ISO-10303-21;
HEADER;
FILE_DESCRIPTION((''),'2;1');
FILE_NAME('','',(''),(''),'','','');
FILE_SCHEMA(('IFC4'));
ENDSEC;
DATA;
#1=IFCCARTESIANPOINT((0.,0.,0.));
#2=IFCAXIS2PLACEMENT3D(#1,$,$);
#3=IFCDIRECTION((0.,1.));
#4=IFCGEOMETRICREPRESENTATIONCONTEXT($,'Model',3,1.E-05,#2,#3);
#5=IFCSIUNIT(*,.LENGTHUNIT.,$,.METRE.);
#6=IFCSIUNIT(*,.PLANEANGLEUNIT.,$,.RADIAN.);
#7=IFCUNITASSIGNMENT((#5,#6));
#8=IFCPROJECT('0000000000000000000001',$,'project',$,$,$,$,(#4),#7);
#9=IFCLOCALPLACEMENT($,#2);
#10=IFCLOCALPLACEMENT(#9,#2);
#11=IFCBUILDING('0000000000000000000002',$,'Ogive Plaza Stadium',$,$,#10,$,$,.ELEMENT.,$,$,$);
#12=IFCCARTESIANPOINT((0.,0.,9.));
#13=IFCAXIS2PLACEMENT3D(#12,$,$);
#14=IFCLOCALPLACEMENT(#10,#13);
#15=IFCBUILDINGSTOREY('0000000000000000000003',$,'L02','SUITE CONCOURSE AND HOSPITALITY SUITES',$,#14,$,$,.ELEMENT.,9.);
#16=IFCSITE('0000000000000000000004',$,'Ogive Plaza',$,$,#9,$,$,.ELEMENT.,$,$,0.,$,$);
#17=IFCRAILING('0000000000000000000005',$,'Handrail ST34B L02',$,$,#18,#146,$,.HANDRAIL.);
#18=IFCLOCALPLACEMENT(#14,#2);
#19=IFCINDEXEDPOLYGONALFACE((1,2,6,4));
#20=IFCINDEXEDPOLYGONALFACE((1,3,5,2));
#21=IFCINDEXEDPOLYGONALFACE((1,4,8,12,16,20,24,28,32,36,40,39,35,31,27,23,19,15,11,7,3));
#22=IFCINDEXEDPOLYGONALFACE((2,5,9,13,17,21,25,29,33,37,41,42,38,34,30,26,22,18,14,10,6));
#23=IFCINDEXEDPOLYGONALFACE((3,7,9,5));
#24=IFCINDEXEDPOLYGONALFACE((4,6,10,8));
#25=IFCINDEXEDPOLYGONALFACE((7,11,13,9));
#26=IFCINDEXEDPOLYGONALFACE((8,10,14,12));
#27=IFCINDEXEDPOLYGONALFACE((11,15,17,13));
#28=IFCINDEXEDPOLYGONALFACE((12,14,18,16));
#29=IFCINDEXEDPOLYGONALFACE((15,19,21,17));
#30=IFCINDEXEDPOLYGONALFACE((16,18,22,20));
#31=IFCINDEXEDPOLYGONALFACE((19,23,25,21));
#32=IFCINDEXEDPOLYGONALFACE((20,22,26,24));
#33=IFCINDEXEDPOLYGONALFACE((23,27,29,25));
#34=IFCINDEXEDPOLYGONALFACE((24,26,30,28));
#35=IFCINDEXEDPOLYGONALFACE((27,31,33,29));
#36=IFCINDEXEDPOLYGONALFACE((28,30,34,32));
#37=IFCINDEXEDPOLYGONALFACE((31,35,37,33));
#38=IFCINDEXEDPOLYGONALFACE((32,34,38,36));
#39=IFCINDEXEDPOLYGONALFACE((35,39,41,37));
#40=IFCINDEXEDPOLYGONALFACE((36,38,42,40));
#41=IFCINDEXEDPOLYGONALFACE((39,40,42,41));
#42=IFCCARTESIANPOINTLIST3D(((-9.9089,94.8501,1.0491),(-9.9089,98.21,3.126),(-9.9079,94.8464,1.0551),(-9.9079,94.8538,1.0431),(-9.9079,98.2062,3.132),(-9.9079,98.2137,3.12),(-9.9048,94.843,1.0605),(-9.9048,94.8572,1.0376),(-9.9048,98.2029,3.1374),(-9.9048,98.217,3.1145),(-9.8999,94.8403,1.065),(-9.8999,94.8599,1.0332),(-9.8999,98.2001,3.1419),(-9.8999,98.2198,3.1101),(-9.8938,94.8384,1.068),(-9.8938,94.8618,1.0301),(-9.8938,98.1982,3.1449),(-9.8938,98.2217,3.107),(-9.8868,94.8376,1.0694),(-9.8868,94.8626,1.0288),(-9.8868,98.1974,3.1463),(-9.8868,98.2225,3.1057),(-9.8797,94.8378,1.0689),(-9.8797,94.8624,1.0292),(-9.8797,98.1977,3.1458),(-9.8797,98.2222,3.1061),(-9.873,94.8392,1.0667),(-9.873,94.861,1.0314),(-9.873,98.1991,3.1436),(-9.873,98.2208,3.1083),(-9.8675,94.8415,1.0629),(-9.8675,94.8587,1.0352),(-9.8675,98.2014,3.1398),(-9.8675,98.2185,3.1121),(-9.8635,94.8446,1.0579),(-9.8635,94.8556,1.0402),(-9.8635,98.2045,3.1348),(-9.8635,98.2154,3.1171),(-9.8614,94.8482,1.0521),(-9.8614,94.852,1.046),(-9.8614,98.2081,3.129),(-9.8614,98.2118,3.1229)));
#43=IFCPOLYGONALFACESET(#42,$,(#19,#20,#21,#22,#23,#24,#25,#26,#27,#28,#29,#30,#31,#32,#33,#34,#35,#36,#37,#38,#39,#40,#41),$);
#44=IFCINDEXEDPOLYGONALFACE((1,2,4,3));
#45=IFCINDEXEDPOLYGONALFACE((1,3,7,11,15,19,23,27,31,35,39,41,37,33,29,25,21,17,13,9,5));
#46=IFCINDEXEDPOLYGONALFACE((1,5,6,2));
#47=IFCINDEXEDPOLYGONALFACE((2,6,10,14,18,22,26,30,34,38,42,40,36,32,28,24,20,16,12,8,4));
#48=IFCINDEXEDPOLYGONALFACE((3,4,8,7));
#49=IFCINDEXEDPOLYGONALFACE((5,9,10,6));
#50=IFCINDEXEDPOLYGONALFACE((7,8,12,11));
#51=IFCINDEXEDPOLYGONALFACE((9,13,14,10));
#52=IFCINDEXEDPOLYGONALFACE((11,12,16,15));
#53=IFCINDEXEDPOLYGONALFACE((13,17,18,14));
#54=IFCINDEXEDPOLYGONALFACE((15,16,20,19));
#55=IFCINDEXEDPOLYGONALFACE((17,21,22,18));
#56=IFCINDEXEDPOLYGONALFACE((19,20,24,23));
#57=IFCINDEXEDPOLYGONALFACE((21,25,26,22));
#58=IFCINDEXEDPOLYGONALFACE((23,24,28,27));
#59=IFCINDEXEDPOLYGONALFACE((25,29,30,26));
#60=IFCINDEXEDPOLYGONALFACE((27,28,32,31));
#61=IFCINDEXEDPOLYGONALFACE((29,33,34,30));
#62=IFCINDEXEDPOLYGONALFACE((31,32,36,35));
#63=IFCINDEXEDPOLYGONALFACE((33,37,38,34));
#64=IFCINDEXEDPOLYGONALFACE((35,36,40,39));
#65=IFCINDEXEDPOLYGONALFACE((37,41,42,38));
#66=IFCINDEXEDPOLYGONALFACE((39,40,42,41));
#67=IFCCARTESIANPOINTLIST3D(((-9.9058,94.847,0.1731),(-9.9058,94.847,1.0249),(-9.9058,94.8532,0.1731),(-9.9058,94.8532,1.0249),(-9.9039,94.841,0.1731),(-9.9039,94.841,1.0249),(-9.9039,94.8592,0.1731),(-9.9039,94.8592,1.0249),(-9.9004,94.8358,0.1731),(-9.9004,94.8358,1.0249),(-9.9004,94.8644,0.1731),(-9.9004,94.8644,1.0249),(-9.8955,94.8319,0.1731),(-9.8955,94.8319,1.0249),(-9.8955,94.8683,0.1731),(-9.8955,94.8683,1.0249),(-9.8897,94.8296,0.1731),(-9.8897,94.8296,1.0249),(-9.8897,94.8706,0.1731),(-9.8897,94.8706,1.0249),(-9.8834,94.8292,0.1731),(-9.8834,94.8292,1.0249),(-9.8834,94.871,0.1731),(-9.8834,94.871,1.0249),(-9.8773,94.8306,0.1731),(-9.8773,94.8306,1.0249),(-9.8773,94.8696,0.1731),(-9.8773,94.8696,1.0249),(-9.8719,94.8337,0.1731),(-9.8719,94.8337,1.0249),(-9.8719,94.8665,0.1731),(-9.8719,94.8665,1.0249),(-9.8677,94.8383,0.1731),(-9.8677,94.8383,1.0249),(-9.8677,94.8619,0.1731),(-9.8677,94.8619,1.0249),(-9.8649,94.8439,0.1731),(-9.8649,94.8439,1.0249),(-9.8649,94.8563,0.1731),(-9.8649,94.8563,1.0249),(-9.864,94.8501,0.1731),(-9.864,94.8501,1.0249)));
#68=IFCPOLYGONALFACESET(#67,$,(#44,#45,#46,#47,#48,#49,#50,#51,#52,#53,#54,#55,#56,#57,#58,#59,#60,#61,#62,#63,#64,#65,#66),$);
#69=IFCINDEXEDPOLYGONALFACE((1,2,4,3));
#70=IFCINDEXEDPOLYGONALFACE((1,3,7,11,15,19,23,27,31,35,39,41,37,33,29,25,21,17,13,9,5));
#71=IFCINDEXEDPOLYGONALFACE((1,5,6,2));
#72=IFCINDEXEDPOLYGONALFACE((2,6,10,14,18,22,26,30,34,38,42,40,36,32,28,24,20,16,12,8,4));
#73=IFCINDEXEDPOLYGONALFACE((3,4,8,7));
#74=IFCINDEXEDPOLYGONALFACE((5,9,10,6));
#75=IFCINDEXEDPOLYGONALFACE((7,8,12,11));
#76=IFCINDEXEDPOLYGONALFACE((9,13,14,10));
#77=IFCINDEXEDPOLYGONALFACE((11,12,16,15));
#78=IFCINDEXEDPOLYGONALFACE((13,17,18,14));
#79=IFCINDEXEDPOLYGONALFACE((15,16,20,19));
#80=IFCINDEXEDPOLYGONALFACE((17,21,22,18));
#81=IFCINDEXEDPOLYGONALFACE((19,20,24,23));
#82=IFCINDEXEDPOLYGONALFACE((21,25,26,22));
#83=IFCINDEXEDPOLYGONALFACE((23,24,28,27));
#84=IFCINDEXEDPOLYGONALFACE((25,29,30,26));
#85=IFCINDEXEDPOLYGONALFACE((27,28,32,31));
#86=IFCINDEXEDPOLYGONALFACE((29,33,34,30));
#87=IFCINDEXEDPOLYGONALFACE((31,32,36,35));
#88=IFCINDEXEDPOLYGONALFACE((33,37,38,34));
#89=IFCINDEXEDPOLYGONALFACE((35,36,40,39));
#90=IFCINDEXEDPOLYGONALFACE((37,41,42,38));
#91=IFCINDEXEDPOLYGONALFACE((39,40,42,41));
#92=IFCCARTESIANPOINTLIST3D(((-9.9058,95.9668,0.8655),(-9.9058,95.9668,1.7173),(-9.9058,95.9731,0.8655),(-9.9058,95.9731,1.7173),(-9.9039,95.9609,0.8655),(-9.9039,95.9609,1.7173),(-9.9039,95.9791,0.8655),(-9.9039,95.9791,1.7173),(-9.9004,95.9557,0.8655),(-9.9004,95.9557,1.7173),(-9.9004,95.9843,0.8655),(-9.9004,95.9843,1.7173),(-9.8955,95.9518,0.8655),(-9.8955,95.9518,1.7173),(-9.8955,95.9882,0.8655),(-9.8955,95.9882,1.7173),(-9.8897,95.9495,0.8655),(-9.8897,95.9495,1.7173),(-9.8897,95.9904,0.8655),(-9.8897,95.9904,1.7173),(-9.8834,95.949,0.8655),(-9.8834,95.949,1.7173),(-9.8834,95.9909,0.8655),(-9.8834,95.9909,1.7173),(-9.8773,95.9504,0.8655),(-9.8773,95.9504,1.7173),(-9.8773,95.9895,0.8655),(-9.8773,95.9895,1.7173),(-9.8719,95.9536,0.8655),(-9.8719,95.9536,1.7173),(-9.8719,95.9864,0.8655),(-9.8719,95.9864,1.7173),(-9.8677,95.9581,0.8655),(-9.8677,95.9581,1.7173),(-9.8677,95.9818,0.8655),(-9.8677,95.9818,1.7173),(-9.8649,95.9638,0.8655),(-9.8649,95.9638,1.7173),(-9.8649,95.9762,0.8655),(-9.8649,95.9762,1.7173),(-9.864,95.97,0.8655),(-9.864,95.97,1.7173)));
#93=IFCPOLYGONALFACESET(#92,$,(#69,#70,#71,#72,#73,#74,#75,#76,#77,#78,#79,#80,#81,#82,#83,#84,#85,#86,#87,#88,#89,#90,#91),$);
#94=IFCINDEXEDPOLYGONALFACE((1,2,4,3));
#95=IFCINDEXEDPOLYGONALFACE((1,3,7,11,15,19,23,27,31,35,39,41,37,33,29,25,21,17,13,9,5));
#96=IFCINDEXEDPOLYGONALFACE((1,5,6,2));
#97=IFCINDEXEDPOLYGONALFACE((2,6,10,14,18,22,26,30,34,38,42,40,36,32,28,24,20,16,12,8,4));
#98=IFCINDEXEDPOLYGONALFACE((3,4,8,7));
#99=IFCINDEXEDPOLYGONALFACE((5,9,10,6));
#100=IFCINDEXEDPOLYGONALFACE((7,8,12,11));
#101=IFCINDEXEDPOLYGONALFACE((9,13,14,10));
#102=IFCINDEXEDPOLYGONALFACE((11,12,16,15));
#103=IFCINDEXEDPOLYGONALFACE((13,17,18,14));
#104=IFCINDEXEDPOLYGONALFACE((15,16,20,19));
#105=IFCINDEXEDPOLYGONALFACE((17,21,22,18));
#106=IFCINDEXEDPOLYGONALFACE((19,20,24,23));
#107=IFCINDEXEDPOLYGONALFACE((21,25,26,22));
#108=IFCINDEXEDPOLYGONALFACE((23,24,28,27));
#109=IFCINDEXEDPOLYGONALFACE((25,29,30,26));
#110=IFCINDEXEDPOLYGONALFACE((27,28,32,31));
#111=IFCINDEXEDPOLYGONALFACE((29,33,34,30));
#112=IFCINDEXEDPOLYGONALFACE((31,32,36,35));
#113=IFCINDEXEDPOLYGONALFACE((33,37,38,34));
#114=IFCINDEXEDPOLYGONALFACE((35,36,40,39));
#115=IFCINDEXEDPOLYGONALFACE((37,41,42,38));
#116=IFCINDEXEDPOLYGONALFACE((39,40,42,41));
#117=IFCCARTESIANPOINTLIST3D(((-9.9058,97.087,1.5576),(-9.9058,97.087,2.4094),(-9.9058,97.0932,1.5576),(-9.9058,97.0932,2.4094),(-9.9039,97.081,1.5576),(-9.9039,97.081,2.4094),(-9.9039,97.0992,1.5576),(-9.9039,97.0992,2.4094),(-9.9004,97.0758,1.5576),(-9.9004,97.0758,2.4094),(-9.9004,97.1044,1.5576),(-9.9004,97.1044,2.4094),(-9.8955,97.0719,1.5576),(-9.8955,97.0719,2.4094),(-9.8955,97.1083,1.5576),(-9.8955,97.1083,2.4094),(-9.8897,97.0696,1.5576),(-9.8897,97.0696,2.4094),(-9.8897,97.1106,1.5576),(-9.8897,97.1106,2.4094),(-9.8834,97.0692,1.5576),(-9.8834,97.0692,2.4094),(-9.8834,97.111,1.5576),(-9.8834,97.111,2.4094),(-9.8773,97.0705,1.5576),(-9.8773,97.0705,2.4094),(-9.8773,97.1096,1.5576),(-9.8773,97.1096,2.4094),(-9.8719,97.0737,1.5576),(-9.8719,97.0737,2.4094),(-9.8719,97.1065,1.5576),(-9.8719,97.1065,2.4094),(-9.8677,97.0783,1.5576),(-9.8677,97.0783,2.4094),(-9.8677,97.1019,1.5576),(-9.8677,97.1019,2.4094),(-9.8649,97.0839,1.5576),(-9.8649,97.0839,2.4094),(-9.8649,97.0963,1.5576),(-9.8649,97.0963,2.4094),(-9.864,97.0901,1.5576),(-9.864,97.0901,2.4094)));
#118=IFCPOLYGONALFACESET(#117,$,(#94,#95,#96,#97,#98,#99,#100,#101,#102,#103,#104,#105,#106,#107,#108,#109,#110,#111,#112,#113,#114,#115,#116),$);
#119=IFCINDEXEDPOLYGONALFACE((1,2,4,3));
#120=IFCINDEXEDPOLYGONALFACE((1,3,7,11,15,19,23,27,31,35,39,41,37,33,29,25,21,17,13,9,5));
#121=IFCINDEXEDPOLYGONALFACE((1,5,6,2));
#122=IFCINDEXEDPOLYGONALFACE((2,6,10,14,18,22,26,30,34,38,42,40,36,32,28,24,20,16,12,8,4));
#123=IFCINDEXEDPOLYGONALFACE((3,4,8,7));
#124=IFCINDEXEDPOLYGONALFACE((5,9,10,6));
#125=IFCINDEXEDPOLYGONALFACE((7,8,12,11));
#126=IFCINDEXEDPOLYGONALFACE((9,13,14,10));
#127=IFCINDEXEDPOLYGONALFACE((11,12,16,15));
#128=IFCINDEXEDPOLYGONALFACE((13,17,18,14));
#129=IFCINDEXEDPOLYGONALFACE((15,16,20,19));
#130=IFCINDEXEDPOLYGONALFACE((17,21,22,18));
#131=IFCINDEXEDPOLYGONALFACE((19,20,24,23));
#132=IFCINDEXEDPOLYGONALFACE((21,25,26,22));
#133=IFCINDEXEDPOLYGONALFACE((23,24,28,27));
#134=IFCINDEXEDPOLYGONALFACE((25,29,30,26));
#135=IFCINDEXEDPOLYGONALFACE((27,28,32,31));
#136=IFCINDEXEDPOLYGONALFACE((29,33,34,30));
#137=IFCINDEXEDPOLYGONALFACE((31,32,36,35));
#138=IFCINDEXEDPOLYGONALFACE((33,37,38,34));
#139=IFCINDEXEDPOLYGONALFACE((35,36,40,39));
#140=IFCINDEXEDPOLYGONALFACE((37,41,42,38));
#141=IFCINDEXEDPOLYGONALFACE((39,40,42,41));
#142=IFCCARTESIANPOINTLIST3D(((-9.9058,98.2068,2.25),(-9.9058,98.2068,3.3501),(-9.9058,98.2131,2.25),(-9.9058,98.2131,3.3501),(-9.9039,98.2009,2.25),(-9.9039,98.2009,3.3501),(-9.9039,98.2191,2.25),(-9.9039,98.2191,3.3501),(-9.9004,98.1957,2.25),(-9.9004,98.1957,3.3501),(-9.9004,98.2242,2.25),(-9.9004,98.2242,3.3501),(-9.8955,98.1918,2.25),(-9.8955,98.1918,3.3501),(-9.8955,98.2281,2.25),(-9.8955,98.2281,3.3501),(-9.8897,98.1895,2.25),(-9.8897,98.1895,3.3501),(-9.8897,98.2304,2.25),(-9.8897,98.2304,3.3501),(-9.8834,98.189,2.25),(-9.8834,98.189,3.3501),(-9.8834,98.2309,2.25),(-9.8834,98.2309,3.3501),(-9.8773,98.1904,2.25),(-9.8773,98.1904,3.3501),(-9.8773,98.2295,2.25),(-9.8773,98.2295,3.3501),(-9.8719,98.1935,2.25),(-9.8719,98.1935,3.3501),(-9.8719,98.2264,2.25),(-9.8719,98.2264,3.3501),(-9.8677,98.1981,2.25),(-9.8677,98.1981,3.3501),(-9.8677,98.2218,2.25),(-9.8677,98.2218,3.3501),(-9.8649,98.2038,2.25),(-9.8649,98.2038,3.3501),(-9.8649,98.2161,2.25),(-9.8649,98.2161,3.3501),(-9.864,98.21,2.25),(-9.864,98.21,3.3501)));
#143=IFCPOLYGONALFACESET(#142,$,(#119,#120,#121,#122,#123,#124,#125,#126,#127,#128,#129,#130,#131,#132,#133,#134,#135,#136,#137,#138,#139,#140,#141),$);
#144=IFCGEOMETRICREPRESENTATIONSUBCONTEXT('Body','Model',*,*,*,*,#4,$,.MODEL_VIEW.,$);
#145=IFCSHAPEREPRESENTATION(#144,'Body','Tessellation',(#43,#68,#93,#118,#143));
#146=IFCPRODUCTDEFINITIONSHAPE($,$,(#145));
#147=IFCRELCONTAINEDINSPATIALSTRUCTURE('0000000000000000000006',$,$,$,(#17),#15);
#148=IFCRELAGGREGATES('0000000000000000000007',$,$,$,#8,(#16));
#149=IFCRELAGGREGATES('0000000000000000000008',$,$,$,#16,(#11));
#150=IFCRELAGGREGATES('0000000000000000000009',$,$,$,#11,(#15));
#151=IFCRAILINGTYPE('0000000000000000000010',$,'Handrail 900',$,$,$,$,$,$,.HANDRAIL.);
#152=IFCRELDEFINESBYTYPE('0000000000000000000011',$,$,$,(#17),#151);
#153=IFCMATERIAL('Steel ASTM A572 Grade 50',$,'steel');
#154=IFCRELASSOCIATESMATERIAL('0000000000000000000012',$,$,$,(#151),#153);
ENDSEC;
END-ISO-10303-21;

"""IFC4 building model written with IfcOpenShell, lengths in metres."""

from ifc_helpers import new_model, si_unit, direction, frame, origin, origin_2d, place, context, subcontext, project, spatial, circle, extrude, material, type_object, element, save


model = new_model("IFC4")

# Units and contexts
model_context = context("Model", 3, precision=1e-05, world=origin(), true_north=direction((0.0, 1.0)))
body_context = subcontext(model_context, "Body", "Model", "MODEL_VIEW")
ifc_project = project(units=[si_unit("LENGTHUNIT", "METRE"), si_unit("PLANEANGLEUNIT", "RADIAN")], contexts=[model_context])

# Site, building, storey
site_placement = place(None, origin())
site = spatial("IfcSite", under=ifc_project, at=site_placement, Name="Ogive Plaza", CompositionType="ELEMENT", RefElevation=0.0)
building_placement = place(site_placement, origin())
building = spatial("IfcBuilding", under=site, at=building_placement, Name="Ogive Plaza Stadium", CompositionType="ELEMENT")
storey_placement = place(building_placement, frame((0.0, 0.0, 9.0)))
storey = spatial("IfcBuildingStorey", under=building, at=storey_placement, Name="L02", Description="SUITE CONCOURSE AND HOSPITALITY SUITES", CompositionType="ELEMENT", Elevation=9.0)

# Railing
ifc_material_1 = material(Name="Steel ASTM A572 Grade 50", Category="steel")
railing_type_1 = type_object("IfcRailingType", Name="Handrail 900", PredefinedType="HANDRAIL", material=ifc_material_1)
for number, where, name in (
    (1, (-9.885, 94.8501, 0.1731), "Handrail ST34B L02"),
):
    element("IfcRailing", number, at=place(storey_placement, frame(where)), inside=storey, type_object=railing_type_1, Name=name, PredefinedType="HANDRAIL", context=body_context, shape_type="SweptSolid", body=[
        extrude(circle(Radius=0.0239, at=origin_2d()), frame((0.0, 0.0, 0.876), z_axis=(0.0, 0.850606, 0.525803), x_axis=(-1.0, 0.0, 0.0)), (0.0, 0.0, 1.0), 3.95),
        extrude(circle(Radius=0.021, at=origin_2d()), origin(), (0.0, 0.0, 1.0), 0.8518),
        extrude(circle(Radius=0.021, at=origin_2d()), frame((0.0, 1.1199, 0.6924)), (0.0, 0.0, 1.0), 0.8518),
        extrude(circle(Radius=0.021, at=origin_2d()), frame((0.0, 2.24, 1.3845)), (0.0, 0.0, 1.0), 0.8518),
        extrude(circle(Radius=0.021, at=origin_2d()), frame((0.0, 3.3599, 2.0769)), (0.0, 0.0, 1.0), 1.1001),
    ])

save(model, "model.ifc")
